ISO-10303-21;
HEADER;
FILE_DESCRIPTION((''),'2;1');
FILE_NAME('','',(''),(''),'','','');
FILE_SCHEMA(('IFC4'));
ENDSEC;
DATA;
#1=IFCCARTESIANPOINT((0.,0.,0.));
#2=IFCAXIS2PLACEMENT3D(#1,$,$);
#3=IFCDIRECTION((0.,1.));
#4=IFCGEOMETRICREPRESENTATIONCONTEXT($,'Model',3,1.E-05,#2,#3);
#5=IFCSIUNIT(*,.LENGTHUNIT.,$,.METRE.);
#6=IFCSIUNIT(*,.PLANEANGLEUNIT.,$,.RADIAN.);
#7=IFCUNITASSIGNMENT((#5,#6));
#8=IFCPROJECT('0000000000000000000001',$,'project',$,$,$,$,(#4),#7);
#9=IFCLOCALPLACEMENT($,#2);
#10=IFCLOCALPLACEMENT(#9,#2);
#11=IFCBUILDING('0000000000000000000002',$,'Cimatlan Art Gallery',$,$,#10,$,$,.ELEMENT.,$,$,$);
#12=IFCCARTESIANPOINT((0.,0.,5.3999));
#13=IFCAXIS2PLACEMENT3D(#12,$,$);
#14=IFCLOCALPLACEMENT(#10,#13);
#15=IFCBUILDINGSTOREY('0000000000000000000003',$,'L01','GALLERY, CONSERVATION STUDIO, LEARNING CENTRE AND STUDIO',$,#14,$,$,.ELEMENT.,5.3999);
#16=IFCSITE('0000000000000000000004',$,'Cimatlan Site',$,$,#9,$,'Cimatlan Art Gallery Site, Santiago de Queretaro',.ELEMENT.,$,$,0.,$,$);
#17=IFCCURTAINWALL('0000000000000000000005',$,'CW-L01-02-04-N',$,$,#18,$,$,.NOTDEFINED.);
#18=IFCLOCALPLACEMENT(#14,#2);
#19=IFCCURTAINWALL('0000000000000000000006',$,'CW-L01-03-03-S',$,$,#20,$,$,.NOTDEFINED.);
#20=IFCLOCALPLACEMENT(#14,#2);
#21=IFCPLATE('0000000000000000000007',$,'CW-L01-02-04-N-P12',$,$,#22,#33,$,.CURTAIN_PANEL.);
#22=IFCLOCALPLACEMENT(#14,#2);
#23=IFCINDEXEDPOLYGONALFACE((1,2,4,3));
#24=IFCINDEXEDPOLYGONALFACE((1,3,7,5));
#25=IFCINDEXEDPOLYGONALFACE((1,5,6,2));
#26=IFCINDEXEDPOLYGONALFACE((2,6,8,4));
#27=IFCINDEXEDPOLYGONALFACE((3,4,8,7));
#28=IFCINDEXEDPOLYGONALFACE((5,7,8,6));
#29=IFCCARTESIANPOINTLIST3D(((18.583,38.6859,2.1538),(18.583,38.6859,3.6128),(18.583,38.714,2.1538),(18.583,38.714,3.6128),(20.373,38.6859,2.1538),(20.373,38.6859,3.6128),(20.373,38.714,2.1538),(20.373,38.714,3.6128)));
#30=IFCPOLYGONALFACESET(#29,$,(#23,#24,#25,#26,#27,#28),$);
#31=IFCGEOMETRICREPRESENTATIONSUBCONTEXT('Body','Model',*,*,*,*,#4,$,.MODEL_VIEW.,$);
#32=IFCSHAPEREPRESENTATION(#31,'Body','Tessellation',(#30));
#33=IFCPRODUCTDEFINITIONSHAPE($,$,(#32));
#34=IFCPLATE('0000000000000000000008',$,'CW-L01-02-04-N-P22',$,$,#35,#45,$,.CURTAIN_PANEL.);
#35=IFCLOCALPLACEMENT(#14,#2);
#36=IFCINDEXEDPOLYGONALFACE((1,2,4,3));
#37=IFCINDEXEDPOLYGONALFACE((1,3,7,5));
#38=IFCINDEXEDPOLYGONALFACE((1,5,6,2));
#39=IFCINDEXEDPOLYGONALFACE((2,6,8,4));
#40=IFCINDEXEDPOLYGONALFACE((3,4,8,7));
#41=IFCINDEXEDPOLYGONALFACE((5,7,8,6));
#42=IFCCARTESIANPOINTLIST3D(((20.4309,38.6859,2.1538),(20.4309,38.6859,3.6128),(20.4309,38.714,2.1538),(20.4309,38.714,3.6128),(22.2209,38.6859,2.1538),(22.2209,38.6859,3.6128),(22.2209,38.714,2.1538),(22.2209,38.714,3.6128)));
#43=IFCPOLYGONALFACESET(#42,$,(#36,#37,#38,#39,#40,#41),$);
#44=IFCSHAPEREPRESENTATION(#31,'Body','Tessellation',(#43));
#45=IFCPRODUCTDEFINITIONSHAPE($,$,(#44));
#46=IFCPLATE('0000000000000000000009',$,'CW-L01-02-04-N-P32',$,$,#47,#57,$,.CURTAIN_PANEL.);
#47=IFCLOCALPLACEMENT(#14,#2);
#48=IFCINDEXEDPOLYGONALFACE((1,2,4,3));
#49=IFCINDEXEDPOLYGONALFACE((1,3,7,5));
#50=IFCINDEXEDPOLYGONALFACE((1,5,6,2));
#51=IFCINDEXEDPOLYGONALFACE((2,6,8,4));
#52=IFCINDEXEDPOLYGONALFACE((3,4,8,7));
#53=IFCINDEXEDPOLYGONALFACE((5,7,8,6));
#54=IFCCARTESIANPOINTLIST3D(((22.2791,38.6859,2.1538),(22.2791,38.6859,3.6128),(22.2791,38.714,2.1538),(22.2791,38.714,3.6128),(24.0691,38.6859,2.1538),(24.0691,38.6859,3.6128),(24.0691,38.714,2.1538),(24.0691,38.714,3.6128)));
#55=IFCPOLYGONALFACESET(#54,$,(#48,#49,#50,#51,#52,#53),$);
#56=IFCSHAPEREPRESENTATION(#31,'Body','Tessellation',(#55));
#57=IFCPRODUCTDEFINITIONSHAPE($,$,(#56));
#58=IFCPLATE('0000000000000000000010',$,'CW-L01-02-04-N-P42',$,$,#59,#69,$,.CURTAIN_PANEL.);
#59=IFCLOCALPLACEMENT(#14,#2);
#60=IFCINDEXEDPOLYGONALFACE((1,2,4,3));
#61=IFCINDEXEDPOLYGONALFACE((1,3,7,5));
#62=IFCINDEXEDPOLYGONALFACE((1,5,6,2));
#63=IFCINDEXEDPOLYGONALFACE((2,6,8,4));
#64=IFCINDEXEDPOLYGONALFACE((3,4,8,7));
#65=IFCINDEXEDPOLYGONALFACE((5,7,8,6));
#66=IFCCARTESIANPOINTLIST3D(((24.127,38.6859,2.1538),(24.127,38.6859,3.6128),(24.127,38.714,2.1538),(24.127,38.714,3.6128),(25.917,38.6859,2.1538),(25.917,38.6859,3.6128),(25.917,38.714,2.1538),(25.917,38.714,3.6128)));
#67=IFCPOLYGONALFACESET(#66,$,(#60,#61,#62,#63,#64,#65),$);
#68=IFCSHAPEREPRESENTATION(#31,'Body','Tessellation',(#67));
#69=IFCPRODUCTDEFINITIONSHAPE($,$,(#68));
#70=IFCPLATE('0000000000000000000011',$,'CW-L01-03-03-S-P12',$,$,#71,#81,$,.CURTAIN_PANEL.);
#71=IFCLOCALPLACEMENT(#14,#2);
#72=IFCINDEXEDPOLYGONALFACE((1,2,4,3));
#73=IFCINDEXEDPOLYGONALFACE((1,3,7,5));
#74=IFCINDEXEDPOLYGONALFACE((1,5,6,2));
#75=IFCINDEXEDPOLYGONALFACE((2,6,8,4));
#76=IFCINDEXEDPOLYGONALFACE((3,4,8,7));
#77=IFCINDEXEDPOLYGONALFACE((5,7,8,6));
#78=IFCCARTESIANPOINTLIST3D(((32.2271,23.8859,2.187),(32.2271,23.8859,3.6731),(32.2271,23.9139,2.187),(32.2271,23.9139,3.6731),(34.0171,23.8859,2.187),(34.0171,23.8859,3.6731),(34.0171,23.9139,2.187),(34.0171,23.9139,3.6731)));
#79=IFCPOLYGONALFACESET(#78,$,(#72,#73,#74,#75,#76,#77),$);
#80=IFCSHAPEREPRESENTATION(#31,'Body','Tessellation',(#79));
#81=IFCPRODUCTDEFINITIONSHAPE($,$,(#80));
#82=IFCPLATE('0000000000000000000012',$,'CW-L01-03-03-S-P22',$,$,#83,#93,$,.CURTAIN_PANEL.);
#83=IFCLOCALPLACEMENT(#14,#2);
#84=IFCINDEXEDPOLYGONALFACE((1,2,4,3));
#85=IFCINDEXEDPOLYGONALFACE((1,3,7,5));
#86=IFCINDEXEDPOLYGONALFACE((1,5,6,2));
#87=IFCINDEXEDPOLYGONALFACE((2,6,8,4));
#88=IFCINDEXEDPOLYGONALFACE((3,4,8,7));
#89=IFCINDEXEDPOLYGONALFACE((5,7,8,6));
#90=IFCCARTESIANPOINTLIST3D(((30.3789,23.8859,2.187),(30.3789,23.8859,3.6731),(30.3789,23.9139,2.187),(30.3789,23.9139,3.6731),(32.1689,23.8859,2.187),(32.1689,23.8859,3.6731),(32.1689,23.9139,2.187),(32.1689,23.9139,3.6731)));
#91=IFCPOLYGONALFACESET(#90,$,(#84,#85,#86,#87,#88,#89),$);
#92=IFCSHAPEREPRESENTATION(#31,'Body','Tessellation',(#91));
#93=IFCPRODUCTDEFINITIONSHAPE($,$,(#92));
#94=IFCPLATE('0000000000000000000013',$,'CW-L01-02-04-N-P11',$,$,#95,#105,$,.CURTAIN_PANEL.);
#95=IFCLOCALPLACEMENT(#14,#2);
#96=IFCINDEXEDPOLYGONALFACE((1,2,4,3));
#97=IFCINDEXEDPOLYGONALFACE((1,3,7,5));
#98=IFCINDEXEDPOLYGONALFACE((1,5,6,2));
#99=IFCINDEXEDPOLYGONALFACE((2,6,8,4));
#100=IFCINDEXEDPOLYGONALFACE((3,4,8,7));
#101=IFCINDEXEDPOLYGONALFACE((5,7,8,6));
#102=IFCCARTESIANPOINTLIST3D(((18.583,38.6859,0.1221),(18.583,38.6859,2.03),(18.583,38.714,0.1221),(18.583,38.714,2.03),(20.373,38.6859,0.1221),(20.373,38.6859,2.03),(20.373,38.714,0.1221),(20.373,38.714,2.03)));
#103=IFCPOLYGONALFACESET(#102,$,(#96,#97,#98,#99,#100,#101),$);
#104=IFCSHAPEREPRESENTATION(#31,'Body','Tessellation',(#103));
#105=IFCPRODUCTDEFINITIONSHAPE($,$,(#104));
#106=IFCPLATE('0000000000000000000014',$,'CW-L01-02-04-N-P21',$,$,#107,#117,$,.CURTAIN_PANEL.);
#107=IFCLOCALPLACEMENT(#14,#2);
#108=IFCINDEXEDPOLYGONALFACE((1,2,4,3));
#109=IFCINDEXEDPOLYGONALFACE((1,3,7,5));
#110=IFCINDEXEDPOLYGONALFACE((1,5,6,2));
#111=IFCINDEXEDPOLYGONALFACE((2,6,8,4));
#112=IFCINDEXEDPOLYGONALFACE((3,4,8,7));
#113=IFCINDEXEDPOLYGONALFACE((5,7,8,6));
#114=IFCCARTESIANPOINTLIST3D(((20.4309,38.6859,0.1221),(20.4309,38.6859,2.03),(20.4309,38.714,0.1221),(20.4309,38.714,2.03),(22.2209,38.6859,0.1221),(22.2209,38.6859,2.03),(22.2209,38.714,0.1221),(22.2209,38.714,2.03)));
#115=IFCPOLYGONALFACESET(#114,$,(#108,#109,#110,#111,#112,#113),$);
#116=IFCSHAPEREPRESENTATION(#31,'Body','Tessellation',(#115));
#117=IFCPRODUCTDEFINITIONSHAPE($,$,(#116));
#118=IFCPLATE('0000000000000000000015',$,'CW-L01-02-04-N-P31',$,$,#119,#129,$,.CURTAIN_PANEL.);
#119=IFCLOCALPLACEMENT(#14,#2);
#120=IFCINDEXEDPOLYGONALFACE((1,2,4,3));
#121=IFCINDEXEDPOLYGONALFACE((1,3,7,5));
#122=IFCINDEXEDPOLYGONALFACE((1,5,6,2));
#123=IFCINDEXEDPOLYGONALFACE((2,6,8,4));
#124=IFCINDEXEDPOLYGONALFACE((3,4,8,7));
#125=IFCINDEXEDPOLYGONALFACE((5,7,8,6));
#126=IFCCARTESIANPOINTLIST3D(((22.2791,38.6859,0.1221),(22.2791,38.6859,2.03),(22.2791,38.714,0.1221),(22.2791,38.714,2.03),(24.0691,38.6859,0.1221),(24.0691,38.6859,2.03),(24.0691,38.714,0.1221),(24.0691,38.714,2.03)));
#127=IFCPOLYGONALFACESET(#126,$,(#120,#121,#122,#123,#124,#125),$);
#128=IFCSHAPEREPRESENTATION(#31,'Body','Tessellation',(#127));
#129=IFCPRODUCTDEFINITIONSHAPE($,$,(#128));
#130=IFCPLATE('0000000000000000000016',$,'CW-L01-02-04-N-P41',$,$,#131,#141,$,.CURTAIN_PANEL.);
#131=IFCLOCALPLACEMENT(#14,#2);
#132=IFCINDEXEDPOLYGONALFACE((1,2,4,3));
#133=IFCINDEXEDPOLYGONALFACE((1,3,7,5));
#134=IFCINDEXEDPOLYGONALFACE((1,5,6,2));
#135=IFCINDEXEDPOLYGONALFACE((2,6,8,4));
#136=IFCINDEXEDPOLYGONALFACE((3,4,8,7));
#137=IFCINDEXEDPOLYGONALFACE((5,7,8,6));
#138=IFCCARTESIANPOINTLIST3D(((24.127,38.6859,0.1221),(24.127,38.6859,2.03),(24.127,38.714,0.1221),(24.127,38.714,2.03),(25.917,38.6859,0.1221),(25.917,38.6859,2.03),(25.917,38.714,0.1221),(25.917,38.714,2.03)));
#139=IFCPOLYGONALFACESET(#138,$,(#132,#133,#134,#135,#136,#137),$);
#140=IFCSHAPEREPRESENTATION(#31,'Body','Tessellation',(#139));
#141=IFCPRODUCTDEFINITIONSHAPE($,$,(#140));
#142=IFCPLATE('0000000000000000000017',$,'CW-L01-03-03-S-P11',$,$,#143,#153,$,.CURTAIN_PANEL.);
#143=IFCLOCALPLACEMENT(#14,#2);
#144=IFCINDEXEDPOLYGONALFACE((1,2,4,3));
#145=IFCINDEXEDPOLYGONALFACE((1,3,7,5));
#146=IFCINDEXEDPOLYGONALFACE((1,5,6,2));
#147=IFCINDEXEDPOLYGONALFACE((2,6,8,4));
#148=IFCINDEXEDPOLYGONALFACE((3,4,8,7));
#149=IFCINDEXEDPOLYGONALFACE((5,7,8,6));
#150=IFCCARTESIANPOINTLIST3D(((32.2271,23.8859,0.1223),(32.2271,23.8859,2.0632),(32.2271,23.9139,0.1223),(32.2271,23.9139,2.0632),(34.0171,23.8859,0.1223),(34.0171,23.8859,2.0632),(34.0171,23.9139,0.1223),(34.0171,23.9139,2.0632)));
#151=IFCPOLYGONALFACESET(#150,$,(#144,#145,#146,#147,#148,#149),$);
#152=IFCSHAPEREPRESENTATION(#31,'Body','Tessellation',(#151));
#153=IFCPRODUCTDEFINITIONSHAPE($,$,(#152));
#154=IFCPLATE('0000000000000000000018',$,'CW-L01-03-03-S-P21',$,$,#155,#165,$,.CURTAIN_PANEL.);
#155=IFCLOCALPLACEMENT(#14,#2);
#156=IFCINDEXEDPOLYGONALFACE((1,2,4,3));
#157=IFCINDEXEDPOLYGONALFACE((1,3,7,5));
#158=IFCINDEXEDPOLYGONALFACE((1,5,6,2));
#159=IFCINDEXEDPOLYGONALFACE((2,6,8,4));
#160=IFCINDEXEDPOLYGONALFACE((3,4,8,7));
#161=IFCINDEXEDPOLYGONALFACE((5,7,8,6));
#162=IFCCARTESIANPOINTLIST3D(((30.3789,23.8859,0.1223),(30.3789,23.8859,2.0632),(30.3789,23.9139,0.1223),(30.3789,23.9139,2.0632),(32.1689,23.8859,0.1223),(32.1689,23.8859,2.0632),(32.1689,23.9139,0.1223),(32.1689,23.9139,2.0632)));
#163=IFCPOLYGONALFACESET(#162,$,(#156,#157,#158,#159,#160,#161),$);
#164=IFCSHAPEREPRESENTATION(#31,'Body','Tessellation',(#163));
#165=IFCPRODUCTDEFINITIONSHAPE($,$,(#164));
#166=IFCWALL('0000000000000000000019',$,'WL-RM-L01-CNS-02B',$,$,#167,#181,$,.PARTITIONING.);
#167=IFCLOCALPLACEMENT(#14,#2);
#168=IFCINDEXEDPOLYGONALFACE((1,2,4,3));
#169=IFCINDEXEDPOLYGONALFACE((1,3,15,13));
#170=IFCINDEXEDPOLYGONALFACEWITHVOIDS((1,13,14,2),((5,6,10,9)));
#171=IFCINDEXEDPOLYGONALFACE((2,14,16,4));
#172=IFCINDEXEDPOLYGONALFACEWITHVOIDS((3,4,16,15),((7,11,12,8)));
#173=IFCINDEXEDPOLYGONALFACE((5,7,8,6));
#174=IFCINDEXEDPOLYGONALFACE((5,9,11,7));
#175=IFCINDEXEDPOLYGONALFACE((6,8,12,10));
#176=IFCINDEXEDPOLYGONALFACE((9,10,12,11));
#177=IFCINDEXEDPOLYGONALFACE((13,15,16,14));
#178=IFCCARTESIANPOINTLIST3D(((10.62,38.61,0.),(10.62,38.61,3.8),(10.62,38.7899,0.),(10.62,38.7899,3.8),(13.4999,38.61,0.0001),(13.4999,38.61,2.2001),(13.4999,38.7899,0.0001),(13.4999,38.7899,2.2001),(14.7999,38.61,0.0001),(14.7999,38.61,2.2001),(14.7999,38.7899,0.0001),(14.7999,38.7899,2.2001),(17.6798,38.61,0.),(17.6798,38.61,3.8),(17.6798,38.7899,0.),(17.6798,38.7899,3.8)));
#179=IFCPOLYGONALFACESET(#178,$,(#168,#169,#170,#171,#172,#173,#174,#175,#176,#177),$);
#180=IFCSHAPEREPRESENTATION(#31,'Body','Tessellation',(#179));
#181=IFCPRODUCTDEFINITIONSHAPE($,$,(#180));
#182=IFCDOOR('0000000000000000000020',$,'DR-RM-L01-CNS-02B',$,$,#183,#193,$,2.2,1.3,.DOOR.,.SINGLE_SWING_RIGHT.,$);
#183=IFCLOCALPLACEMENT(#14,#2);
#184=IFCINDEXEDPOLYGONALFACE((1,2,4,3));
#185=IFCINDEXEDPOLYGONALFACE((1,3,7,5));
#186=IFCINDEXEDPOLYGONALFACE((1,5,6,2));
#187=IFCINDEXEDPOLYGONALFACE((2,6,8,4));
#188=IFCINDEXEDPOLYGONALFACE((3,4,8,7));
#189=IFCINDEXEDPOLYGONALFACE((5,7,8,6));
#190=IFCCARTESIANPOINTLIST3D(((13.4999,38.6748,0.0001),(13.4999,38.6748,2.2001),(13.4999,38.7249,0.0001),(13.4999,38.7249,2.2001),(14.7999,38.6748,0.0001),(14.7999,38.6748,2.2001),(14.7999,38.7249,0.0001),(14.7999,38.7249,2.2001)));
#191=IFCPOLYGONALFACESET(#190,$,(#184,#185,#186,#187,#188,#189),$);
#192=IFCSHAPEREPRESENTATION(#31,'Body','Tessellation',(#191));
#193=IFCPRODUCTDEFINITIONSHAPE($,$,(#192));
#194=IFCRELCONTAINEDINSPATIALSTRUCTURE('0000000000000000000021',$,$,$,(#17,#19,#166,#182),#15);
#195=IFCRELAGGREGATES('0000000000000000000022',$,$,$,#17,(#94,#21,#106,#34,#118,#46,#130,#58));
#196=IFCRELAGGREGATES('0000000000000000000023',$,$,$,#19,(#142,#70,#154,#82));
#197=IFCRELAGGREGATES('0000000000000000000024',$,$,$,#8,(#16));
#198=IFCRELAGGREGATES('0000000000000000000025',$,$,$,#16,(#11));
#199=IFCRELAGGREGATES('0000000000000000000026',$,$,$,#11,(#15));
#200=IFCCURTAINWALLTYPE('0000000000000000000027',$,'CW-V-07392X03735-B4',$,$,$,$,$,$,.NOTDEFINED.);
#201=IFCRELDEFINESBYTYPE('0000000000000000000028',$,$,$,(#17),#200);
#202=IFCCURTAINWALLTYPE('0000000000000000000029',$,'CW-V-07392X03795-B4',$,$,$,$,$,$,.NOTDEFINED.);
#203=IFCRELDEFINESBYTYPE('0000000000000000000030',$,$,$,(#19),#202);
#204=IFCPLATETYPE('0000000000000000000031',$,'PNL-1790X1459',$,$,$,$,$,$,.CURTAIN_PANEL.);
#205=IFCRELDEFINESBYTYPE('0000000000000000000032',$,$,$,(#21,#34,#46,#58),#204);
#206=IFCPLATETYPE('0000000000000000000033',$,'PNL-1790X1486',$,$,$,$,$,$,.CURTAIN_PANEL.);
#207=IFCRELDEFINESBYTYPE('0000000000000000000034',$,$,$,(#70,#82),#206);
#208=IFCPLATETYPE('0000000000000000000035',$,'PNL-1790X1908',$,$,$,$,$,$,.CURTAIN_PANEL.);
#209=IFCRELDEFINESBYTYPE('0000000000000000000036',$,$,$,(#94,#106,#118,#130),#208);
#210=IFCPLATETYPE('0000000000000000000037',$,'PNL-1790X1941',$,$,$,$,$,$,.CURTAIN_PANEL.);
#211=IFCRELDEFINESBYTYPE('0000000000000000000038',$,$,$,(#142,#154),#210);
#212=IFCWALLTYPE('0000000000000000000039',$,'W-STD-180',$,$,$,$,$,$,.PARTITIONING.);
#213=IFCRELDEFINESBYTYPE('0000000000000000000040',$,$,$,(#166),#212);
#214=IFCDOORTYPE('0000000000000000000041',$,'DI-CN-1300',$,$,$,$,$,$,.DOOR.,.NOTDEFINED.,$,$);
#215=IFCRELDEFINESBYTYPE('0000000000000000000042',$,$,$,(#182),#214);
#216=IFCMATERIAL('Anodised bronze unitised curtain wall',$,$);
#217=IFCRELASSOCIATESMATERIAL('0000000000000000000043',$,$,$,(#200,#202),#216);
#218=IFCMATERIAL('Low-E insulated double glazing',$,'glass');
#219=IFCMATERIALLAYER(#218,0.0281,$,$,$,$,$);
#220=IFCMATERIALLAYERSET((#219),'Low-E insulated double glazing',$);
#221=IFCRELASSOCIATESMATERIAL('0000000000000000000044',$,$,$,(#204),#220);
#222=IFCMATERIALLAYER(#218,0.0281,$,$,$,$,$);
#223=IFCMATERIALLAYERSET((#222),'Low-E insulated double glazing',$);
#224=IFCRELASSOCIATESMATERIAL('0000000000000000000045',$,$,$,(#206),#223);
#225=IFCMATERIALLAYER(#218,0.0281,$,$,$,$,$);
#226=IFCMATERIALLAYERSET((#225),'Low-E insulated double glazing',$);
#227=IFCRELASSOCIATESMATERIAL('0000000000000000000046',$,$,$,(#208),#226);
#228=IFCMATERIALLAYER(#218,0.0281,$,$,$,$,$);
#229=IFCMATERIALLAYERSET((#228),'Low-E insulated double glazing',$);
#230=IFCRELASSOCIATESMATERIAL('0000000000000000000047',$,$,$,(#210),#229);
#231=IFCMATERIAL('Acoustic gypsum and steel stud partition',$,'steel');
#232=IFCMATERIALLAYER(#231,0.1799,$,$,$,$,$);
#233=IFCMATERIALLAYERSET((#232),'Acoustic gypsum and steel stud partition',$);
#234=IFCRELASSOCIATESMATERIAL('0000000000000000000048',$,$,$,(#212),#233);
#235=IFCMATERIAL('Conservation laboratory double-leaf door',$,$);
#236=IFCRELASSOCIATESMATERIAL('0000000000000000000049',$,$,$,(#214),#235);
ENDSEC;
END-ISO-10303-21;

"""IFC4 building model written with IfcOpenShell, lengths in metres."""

from ifc_helpers import new_model, si_unit, direction, frame, frame_2d, origin, origin_2d, place, context, subcontext, project, spatial, rectangle, extrude, material, layer, layer_set, type_object, element, fill, aggregate, save


model = new_model("IFC4")

# Units and contexts
model_context = context("Model", 3, precision=1e-05, world=origin(), true_north=direction((0.0, 1.0)))
body_context = subcontext(model_context, "Body", "Model", "MODEL_VIEW")
ifc_project = project(units=[si_unit("LENGTHUNIT", "METRE"), si_unit("PLANEANGLEUNIT", "RADIAN")], contexts=[model_context])

# Site, building, storey
site_placement = place(None, origin())
site = spatial("IfcSite", under=ifc_project, at=site_placement, Name="Cimatlan Site", LongName="Cimatlan Art Gallery Site, Santiago de Queretaro", CompositionType="ELEMENT", RefElevation=0.0)
building_placement = place(site_placement, origin())
building = spatial("IfcBuilding", under=site, at=building_placement, Name="Cimatlan Art Gallery", CompositionType="ELEMENT")
storey_placement = place(building_placement, frame((0.0, 0.0, 5.3999)))
storey = spatial("IfcBuildingStorey", under=building, at=storey_placement, Name="L01", Description="GALLERY, CONSERVATION STUDIO, LEARNING CENTRE AND STUDIO", CompositionType="ELEMENT", Elevation=5.3999)

# Curtain wall
ifc_material_1 = material(Name="Anodised bronze unitised curtain wall")
curtain_wall_type_1 = type_object("IfcCurtainWallType", Name="CW-V-07392X03735-B4", PredefinedType="NOTDEFINED", material=ifc_material_1)
curtain_wall_1_placement = place(storey_placement, origin())
curtain_wall_1 = element("IfcCurtainWall", 1, at=curtain_wall_1_placement, inside=storey, type_object=curtain_wall_type_1, Name="CW-L01-02-04-N", PredefinedType="NOTDEFINED")

# Curtain wall
curtain_wall_type_2 = type_object("IfcCurtainWallType", Name="CW-V-07392X03795-B4", PredefinedType="NOTDEFINED", material=ifc_material_1)
curtain_wall_2_placement = place(storey_placement, origin())
curtain_wall_2 = element("IfcCurtainWall", 2, at=curtain_wall_2_placement, inside=storey, type_object=curtain_wall_type_2, Name="CW-L01-03-03-S", PredefinedType="NOTDEFINED")

# Plates
ifc_material_2 = material(Name="Low-E insulated double glazing", Category="glass")
ifc_layer_1 = layer(ifc_material_2, 0.0281)
ifc_layer_set_1 = layer_set([ifc_layer_1], Name="Low-E insulated double glazing")
plate_type_1 = type_object("IfcPlateType", Name="PNL-1790X1459", PredefinedType="CURTAIN_PANEL", material=ifc_layer_set_1)
plate_1_placement = place(storey_placement, frame((19.478, 38.7, 2.1538), z_axis=(0.0, 0.0, 1.0), x_axis=(1.0, 0.0, 0.0)))
plate_1 = element("IfcPlate", 3, at=plate_1_placement, type_object=plate_type_1, Name="CW-L01-02-04-N-P12", PredefinedType="CURTAIN_PANEL", context=body_context, shape_type="SweptSolid", body=[
    extrude(rectangle(XDim=1.79, YDim=0.0281, at=origin_2d()), origin(), (0.0, 0.0, 1.0), 1.459),
])
plate_2_placement = place(storey_placement, frame((21.3259, 38.7, 2.1538), z_axis=(0.0, 0.0, 1.0), x_axis=(1.0, 0.0, 0.0)))
plate_2 = element("IfcPlate", 4, at=plate_2_placement, type_object=plate_type_1, Name="CW-L01-02-04-N-P22", PredefinedType="CURTAIN_PANEL", context=body_context, shape_type="SweptSolid", body=[
    extrude(rectangle(XDim=1.79, YDim=0.0281, at=origin_2d()), origin(), (0.0, 0.0, 1.0), 1.459),
])
plate_3_placement = place(storey_placement, frame((23.1741, 38.7, 2.1538), z_axis=(0.0, 0.0, 1.0), x_axis=(1.0, 0.0, 0.0)))
plate_3 = element("IfcPlate", 5, at=plate_3_placement, type_object=plate_type_1, Name="CW-L01-02-04-N-P32", PredefinedType="CURTAIN_PANEL", context=body_context, shape_type="SweptSolid", body=[
    extrude(rectangle(XDim=1.79, YDim=0.0281, at=origin_2d()), origin(), (0.0, 0.0, 1.0), 1.459),
])
plate_4_placement = place(storey_placement, frame((25.022, 38.7, 2.1538), z_axis=(0.0, 0.0, 1.0), x_axis=(1.0, 0.0, 0.0)))
plate_4 = element("IfcPlate", 6, at=plate_4_placement, type_object=plate_type_1, Name="CW-L01-02-04-N-P42", PredefinedType="CURTAIN_PANEL", context=body_context, shape_type="SweptSolid", body=[
    extrude(rectangle(XDim=1.79, YDim=0.0281, at=origin_2d()), origin(), (0.0, 0.0, 1.0), 1.459),
])
ifc_layer_2 = layer(ifc_material_2, 0.0281)
ifc_layer_set_2 = layer_set([ifc_layer_2], Name="Low-E insulated double glazing")
plate_type_2 = type_object("IfcPlateType", Name="PNL-1790X1486", PredefinedType="CURTAIN_PANEL", material=ifc_layer_set_2)
plate_5_placement = place(storey_placement, frame((33.1221, 23.8999, 2.187), z_axis=(0.0, 0.0, 1.0), x_axis=(-1.0, 0.0, 0.0)))
plate_5 = element("IfcPlate", 7, at=plate_5_placement, type_object=plate_type_2, Name="CW-L01-03-03-S-P12", PredefinedType="CURTAIN_PANEL", context=body_context, shape_type="SweptSolid", body=[
    extrude(rectangle(XDim=1.79, YDim=0.0281, at=origin_2d()), origin(), (0.0, 0.0, 1.0), 1.4861),
])
plate_6_placement = place(storey_placement, frame((31.2739, 23.8999, 2.187), z_axis=(0.0, 0.0, 1.0), x_axis=(-1.0, 0.0, 0.0)))
plate_6 = element("IfcPlate", 8, at=plate_6_placement, type_object=plate_type_2, Name="CW-L01-03-03-S-P22", PredefinedType="CURTAIN_PANEL", context=body_context, shape_type="SweptSolid", body=[
    extrude(rectangle(XDim=1.79, YDim=0.0281, at=origin_2d()), origin(), (0.0, 0.0, 1.0), 1.4861),
])
ifc_layer_3 = layer(ifc_material_2, 0.0281)
ifc_layer_set_3 = layer_set([ifc_layer_3], Name="Low-E insulated double glazing")
plate_type_3 = type_object("IfcPlateType", Name="PNL-1790X1908", PredefinedType="CURTAIN_PANEL", material=ifc_layer_set_3)
plate_7_placement = place(storey_placement, frame((19.478, 38.7, 0.1221), z_axis=(0.0, 0.0, 1.0), x_axis=(1.0, 0.0, 0.0)))
plate_7 = element("IfcPlate", 9, at=plate_7_placement, type_object=plate_type_3, Name="CW-L01-02-04-N-P11", PredefinedType="CURTAIN_PANEL", context=body_context, shape_type="SweptSolid", body=[
    extrude(rectangle(XDim=1.79, YDim=0.0281, at=origin_2d()), origin(), (0.0, 0.0, 1.0), 1.908),
])
plate_8_placement = place(storey_placement, frame((21.3259, 38.7, 0.1221), z_axis=(0.0, 0.0, 1.0), x_axis=(1.0, 0.0, 0.0)))
plate_8 = element("IfcPlate", 10, at=plate_8_placement, type_object=plate_type_3, Name="CW-L01-02-04-N-P21", PredefinedType="CURTAIN_PANEL", context=body_context, shape_type="SweptSolid", body=[
    extrude(rectangle(XDim=1.79, YDim=0.0281, at=origin_2d()), origin(), (0.0, 0.0, 1.0), 1.908),
])
plate_9_placement = place(storey_placement, frame((23.1741, 38.7, 0.1221), z_axis=(0.0, 0.0, 1.0), x_axis=(1.0, 0.0, 0.0)))
plate_9 = element("IfcPlate", 11, at=plate_9_placement, type_object=plate_type_3, Name="CW-L01-02-04-N-P31", PredefinedType="CURTAIN_PANEL", context=body_context, shape_type="SweptSolid", body=[
    extrude(rectangle(XDim=1.79, YDim=0.0281, at=origin_2d()), origin(), (0.0, 0.0, 1.0), 1.908),
])
plate_10_placement = place(storey_placement, frame((25.022, 38.7, 0.1221), z_axis=(0.0, 0.0, 1.0), x_axis=(1.0, 0.0, 0.0)))
plate_10 = element("IfcPlate", 12, at=plate_10_placement, type_object=plate_type_3, Name="CW-L01-02-04-N-P41", PredefinedType="CURTAIN_PANEL", context=body_context, shape_type="SweptSolid", body=[
    extrude(rectangle(XDim=1.79, YDim=0.0281, at=origin_2d()), origin(), (0.0, 0.0, 1.0), 1.908),
])
aggregate(curtain_wall_1, [plate_7, plate_1, plate_8, plate_2, plate_9, plate_3, plate_10, plate_4])
ifc_layer_4 = layer(ifc_material_2, 0.0281)
ifc_layer_set_4 = layer_set([ifc_layer_4], Name="Low-E insulated double glazing")
plate_type_4 = type_object("IfcPlateType", Name="PNL-1790X1941", PredefinedType="CURTAIN_PANEL", material=ifc_layer_set_4)
plate_11_placement = place(storey_placement, frame((33.1221, 23.8999, 0.1223), z_axis=(0.0, 0.0, 1.0), x_axis=(-1.0, 0.0, 0.0)))
plate_11 = element("IfcPlate", 13, at=plate_11_placement, type_object=plate_type_4, Name="CW-L01-03-03-S-P11", PredefinedType="CURTAIN_PANEL", context=body_context, shape_type="SweptSolid", body=[
    extrude(rectangle(XDim=1.79, YDim=0.0281, at=origin_2d()), origin(), (0.0, 0.0, 1.0), 1.9409),
])
plate_12_placement = place(storey_placement, frame((31.2739, 23.8999, 0.1223), z_axis=(0.0, 0.0, 1.0), x_axis=(-1.0, 0.0, 0.0)))
plate_12 = element("IfcPlate", 14, at=plate_12_placement, type_object=plate_type_4, Name="CW-L01-03-03-S-P21", PredefinedType="CURTAIN_PANEL", context=body_context, shape_type="SweptSolid", body=[
    extrude(rectangle(XDim=1.79, YDim=0.0281, at=origin_2d()), origin(), (0.0, 0.0, 1.0), 1.9409),
])
aggregate(curtain_wall_2, [plate_11, plate_5, plate_12, plate_6])

# Wall, opening, door
ifc_material_3 = material(Name="Acoustic gypsum and steel stud partition", Category="steel")
ifc_layer_5 = layer(ifc_material_3, 0.1799)
ifc_layer_set_5 = layer_set([ifc_layer_5], Name="Acoustic gypsum and steel stud partition")
wall_type = type_object("IfcWallType", Name="W-STD-180", PredefinedType="PARTITIONING", material=ifc_layer_set_5)
wall_placement = place(storey_placement, frame((10.6201, 38.7, 0.0), z_axis=(0.0, 0.0, 1.0), x_axis=(1.0, 0.0, 0.0)))
wall = element("IfcWall", 15, at=wall_placement, inside=storey, type_object=wall_type, Name="WL-RM-L01-CNS-02B", PredefinedType="PARTITIONING", context=body_context, shape_type="SweptSolid", body=[
    extrude(rectangle(XDim=7.0598, YDim=0.1799, at=frame_2d((3.5298, 0.0))), origin(), (0.0, 0.0, 1.0), 3.8),
])
opening_placement = place(wall_placement, frame((2.8799, 0.0, 0.0)))
opening = element("IfcOpeningElement", 16, at=opening_placement, cuts=wall, PredefinedType="OPENING", context=body_context, shape_type="SweptSolid", body=[
    extrude(rectangle(XDim=1.3, YDim=2.2, at=frame_2d((0.6499, 1.1001))), frame((0.0, 0.1001, 0.0), z_axis=(0.0, -1.0, 0.0), x_axis=(1.0, 0.0, 0.0)), (0.0, 0.0, 1.0), 0.2),
])
ifc_material_4 = material(Name="Conservation laboratory double-leaf door")
door_type = type_object("IfcDoorType", Name="DI-CN-1300", OperationType="NOTDEFINED", PredefinedType="DOOR", material=ifc_material_4)
door_placement = place(opening_placement, origin())
door = element("IfcDoor", 17, at=door_placement, inside=storey, type_object=door_type, Name="DR-RM-L01-CNS-02B", OperationType="SINGLE_SWING_RIGHT", OverallHeight=2.2, OverallWidth=1.3, PredefinedType="DOOR", context=body_context, shape_type="SweptSolid", body=[
    extrude(rectangle(XDim=1.3, YDim=2.2, at=frame_2d((0.6499, 1.1001))), frame((0.0, 0.0249, 0.0), z_axis=(0.0, -1.0, 0.0), x_axis=(1.0, 0.0, 0.0)), (0.0, 0.0, 1.0), 0.05),
])
fill(opening, door)

save(model, "model.ifc")
